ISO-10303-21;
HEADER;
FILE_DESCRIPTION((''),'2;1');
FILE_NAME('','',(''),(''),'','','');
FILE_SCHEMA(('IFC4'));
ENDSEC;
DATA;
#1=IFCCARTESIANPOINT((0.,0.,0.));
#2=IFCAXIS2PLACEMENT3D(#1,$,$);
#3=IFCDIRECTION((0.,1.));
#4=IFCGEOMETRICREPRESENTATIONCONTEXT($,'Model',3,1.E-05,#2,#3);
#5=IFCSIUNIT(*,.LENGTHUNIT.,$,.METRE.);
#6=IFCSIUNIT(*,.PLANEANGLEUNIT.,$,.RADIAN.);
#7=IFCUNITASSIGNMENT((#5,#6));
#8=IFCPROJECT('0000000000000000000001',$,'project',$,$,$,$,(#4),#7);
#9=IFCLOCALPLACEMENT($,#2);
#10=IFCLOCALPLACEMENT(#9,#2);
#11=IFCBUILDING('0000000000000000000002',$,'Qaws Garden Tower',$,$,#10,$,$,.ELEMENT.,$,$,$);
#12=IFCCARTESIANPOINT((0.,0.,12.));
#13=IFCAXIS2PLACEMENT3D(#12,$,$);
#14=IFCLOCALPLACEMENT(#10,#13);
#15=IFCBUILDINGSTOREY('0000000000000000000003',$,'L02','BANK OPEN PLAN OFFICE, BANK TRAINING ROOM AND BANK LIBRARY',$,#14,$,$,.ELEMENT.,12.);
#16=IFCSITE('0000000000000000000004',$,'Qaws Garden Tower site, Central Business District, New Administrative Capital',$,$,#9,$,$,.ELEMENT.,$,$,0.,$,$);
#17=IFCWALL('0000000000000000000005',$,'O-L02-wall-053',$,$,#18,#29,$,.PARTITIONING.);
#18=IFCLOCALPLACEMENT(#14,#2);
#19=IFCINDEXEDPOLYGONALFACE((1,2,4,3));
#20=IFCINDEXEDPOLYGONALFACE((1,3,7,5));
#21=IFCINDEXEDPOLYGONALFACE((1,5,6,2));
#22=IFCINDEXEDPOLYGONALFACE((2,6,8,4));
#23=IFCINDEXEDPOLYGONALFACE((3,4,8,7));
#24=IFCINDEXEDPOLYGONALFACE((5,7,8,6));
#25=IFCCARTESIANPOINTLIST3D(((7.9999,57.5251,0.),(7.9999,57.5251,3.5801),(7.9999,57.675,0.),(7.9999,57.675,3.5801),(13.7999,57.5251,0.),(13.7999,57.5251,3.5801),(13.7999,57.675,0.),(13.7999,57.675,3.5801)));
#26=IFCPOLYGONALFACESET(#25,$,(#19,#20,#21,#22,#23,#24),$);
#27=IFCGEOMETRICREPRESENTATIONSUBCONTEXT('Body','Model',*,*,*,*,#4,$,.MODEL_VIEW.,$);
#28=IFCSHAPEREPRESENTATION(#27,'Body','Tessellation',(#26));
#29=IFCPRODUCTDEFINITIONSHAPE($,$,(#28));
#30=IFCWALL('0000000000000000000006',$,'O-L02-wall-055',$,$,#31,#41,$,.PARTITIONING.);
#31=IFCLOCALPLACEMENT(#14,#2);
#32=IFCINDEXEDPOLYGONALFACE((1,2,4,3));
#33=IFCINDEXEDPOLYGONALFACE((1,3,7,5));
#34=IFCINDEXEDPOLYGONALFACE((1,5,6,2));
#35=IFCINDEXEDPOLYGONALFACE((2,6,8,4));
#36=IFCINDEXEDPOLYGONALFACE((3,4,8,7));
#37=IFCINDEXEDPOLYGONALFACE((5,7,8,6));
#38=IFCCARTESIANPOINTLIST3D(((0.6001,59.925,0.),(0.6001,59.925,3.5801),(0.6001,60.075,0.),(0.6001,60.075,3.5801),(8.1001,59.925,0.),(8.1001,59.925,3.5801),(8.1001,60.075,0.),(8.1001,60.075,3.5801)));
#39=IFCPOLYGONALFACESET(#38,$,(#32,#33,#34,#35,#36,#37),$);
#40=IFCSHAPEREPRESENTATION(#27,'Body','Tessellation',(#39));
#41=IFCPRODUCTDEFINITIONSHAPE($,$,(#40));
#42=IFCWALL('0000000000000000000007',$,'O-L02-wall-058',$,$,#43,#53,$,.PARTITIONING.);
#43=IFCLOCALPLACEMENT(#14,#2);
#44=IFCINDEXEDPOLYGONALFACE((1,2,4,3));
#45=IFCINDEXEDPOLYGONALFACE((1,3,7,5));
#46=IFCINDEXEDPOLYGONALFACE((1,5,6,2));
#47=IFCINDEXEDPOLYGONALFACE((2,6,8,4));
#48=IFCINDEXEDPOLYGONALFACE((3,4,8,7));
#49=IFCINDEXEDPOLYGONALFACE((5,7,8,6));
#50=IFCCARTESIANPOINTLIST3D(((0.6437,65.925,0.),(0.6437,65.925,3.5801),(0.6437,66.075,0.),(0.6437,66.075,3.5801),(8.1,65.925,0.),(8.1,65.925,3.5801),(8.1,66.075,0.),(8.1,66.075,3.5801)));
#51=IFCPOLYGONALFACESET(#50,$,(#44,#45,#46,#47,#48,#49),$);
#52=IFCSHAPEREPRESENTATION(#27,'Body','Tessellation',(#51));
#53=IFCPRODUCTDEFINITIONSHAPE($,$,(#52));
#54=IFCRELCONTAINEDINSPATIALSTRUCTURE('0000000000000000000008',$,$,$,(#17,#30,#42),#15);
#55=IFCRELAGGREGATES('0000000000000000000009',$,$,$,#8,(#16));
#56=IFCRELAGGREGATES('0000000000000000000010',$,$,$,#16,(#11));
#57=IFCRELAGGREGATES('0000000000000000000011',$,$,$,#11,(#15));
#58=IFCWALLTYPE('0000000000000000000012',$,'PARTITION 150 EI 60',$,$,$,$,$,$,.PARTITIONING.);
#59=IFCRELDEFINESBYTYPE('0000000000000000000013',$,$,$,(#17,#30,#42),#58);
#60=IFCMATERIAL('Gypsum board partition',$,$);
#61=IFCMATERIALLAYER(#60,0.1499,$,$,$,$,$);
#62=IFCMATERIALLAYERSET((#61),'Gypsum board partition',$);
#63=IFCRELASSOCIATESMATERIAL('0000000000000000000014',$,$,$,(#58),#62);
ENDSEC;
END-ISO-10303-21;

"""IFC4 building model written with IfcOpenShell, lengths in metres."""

from ifc_helpers import new_model, si_unit, direction, frame, frame_2d, origin, place, context, subcontext, project, spatial, rectangle, extrude, material, layer, layer_set, type_object, element, save


model = new_model("IFC4")

# Units and contexts
model_context = context("Model", 3, precision=1e-05, world=origin(), true_north=direction((0.0, 1.0)))
body_context = subcontext(model_context, "Body", "Model", "MODEL_VIEW")
ifc_project = project(units=[si_unit("LENGTHUNIT", "METRE"), si_unit("PLANEANGLEUNIT", "RADIAN")], contexts=[model_context])

# Site, building, storey
site_placement = place(None, origin())
site = spatial("IfcSite", under=ifc_project, at=site_placement, Name="Qaws Garden Tower site, Central Business District, New Administrative Capital", CompositionType="ELEMENT", RefElevation=0.0)
building_placement = place(site_placement, origin())
building = spatial("IfcBuilding", under=site, at=building_placement, Name="Qaws Garden Tower", CompositionType="ELEMENT")
storey_placement = place(building_placement, frame((0.0, 0.0, 12.0)))
storey = spatial("IfcBuildingStorey", under=building, at=storey_placement, Name="L02", Description="BANK OPEN PLAN OFFICE, BANK TRAINING ROOM AND BANK LIBRARY", CompositionType="ELEMENT", Elevation=12.0)

# Shared definitions
ifc_material_1 = material(Name="Gypsum board partition")
ifc_layer_1 = layer(ifc_material_1, 0.1499)
ifc_layer_set_1 = layer_set([ifc_layer_1], Name="Gypsum board partition")
wall_type_1 = type_object("IfcWallType", Name="PARTITION 150 EI 60", PredefinedType="PARTITIONING", material=ifc_layer_set_1)

# Walls
wall_1_placement = place(storey_placement, frame((8.0, 57.6001, 0.0), z_axis=(0.0, 0.0, 1.0), x_axis=(1.0, 0.0, 0.0)))
element("IfcWall", 1, at=wall_1_placement, inside=storey, type_object=wall_type_1, Name="O-L02-wall-053", PredefinedType="PARTITIONING", context=body_context, shape_type="SweptSolid", body=[
    extrude(rectangle(XDim=5.8, YDim=0.1499, at=frame_2d((2.8999, 0.0))), origin(), (0.0, 0.0, 1.0), 3.5801),
])
wall_2_placement = place(storey_placement, frame((0.6001, 60.0, 0.0), z_axis=(0.0, 0.0, 1.0), x_axis=(1.0, 0.0, 0.0)))
element("IfcWall", 2, at=wall_2_placement, inside=storey, type_object=wall_type_1, Name="O-L02-wall-055", PredefinedType="PARTITIONING", context=body_context, shape_type="SweptSolid", body=[
    extrude(rectangle(XDim=7.5, YDim=0.1499, at=frame_2d((3.75, 0.0))), origin(), (0.0, 0.0, 1.0), 3.5801),
])
wall_3_placement = place(storey_placement, frame((0.6438, 66.0, 0.0), z_axis=(0.0, 0.0, 1.0), x_axis=(1.0, 0.0, 0.0)))
element("IfcWall", 3, at=wall_3_placement, inside=storey, type_object=wall_type_1, Name="O-L02-wall-058", PredefinedType="PARTITIONING", context=body_context, shape_type="SweptSolid", body=[
    extrude(rectangle(XDim=7.4563, YDim=0.1499, at=frame_2d((3.728, 0.0))), origin(), (0.0, 0.0, 1.0), 3.5801),
])

save(model, "model.ifc")
